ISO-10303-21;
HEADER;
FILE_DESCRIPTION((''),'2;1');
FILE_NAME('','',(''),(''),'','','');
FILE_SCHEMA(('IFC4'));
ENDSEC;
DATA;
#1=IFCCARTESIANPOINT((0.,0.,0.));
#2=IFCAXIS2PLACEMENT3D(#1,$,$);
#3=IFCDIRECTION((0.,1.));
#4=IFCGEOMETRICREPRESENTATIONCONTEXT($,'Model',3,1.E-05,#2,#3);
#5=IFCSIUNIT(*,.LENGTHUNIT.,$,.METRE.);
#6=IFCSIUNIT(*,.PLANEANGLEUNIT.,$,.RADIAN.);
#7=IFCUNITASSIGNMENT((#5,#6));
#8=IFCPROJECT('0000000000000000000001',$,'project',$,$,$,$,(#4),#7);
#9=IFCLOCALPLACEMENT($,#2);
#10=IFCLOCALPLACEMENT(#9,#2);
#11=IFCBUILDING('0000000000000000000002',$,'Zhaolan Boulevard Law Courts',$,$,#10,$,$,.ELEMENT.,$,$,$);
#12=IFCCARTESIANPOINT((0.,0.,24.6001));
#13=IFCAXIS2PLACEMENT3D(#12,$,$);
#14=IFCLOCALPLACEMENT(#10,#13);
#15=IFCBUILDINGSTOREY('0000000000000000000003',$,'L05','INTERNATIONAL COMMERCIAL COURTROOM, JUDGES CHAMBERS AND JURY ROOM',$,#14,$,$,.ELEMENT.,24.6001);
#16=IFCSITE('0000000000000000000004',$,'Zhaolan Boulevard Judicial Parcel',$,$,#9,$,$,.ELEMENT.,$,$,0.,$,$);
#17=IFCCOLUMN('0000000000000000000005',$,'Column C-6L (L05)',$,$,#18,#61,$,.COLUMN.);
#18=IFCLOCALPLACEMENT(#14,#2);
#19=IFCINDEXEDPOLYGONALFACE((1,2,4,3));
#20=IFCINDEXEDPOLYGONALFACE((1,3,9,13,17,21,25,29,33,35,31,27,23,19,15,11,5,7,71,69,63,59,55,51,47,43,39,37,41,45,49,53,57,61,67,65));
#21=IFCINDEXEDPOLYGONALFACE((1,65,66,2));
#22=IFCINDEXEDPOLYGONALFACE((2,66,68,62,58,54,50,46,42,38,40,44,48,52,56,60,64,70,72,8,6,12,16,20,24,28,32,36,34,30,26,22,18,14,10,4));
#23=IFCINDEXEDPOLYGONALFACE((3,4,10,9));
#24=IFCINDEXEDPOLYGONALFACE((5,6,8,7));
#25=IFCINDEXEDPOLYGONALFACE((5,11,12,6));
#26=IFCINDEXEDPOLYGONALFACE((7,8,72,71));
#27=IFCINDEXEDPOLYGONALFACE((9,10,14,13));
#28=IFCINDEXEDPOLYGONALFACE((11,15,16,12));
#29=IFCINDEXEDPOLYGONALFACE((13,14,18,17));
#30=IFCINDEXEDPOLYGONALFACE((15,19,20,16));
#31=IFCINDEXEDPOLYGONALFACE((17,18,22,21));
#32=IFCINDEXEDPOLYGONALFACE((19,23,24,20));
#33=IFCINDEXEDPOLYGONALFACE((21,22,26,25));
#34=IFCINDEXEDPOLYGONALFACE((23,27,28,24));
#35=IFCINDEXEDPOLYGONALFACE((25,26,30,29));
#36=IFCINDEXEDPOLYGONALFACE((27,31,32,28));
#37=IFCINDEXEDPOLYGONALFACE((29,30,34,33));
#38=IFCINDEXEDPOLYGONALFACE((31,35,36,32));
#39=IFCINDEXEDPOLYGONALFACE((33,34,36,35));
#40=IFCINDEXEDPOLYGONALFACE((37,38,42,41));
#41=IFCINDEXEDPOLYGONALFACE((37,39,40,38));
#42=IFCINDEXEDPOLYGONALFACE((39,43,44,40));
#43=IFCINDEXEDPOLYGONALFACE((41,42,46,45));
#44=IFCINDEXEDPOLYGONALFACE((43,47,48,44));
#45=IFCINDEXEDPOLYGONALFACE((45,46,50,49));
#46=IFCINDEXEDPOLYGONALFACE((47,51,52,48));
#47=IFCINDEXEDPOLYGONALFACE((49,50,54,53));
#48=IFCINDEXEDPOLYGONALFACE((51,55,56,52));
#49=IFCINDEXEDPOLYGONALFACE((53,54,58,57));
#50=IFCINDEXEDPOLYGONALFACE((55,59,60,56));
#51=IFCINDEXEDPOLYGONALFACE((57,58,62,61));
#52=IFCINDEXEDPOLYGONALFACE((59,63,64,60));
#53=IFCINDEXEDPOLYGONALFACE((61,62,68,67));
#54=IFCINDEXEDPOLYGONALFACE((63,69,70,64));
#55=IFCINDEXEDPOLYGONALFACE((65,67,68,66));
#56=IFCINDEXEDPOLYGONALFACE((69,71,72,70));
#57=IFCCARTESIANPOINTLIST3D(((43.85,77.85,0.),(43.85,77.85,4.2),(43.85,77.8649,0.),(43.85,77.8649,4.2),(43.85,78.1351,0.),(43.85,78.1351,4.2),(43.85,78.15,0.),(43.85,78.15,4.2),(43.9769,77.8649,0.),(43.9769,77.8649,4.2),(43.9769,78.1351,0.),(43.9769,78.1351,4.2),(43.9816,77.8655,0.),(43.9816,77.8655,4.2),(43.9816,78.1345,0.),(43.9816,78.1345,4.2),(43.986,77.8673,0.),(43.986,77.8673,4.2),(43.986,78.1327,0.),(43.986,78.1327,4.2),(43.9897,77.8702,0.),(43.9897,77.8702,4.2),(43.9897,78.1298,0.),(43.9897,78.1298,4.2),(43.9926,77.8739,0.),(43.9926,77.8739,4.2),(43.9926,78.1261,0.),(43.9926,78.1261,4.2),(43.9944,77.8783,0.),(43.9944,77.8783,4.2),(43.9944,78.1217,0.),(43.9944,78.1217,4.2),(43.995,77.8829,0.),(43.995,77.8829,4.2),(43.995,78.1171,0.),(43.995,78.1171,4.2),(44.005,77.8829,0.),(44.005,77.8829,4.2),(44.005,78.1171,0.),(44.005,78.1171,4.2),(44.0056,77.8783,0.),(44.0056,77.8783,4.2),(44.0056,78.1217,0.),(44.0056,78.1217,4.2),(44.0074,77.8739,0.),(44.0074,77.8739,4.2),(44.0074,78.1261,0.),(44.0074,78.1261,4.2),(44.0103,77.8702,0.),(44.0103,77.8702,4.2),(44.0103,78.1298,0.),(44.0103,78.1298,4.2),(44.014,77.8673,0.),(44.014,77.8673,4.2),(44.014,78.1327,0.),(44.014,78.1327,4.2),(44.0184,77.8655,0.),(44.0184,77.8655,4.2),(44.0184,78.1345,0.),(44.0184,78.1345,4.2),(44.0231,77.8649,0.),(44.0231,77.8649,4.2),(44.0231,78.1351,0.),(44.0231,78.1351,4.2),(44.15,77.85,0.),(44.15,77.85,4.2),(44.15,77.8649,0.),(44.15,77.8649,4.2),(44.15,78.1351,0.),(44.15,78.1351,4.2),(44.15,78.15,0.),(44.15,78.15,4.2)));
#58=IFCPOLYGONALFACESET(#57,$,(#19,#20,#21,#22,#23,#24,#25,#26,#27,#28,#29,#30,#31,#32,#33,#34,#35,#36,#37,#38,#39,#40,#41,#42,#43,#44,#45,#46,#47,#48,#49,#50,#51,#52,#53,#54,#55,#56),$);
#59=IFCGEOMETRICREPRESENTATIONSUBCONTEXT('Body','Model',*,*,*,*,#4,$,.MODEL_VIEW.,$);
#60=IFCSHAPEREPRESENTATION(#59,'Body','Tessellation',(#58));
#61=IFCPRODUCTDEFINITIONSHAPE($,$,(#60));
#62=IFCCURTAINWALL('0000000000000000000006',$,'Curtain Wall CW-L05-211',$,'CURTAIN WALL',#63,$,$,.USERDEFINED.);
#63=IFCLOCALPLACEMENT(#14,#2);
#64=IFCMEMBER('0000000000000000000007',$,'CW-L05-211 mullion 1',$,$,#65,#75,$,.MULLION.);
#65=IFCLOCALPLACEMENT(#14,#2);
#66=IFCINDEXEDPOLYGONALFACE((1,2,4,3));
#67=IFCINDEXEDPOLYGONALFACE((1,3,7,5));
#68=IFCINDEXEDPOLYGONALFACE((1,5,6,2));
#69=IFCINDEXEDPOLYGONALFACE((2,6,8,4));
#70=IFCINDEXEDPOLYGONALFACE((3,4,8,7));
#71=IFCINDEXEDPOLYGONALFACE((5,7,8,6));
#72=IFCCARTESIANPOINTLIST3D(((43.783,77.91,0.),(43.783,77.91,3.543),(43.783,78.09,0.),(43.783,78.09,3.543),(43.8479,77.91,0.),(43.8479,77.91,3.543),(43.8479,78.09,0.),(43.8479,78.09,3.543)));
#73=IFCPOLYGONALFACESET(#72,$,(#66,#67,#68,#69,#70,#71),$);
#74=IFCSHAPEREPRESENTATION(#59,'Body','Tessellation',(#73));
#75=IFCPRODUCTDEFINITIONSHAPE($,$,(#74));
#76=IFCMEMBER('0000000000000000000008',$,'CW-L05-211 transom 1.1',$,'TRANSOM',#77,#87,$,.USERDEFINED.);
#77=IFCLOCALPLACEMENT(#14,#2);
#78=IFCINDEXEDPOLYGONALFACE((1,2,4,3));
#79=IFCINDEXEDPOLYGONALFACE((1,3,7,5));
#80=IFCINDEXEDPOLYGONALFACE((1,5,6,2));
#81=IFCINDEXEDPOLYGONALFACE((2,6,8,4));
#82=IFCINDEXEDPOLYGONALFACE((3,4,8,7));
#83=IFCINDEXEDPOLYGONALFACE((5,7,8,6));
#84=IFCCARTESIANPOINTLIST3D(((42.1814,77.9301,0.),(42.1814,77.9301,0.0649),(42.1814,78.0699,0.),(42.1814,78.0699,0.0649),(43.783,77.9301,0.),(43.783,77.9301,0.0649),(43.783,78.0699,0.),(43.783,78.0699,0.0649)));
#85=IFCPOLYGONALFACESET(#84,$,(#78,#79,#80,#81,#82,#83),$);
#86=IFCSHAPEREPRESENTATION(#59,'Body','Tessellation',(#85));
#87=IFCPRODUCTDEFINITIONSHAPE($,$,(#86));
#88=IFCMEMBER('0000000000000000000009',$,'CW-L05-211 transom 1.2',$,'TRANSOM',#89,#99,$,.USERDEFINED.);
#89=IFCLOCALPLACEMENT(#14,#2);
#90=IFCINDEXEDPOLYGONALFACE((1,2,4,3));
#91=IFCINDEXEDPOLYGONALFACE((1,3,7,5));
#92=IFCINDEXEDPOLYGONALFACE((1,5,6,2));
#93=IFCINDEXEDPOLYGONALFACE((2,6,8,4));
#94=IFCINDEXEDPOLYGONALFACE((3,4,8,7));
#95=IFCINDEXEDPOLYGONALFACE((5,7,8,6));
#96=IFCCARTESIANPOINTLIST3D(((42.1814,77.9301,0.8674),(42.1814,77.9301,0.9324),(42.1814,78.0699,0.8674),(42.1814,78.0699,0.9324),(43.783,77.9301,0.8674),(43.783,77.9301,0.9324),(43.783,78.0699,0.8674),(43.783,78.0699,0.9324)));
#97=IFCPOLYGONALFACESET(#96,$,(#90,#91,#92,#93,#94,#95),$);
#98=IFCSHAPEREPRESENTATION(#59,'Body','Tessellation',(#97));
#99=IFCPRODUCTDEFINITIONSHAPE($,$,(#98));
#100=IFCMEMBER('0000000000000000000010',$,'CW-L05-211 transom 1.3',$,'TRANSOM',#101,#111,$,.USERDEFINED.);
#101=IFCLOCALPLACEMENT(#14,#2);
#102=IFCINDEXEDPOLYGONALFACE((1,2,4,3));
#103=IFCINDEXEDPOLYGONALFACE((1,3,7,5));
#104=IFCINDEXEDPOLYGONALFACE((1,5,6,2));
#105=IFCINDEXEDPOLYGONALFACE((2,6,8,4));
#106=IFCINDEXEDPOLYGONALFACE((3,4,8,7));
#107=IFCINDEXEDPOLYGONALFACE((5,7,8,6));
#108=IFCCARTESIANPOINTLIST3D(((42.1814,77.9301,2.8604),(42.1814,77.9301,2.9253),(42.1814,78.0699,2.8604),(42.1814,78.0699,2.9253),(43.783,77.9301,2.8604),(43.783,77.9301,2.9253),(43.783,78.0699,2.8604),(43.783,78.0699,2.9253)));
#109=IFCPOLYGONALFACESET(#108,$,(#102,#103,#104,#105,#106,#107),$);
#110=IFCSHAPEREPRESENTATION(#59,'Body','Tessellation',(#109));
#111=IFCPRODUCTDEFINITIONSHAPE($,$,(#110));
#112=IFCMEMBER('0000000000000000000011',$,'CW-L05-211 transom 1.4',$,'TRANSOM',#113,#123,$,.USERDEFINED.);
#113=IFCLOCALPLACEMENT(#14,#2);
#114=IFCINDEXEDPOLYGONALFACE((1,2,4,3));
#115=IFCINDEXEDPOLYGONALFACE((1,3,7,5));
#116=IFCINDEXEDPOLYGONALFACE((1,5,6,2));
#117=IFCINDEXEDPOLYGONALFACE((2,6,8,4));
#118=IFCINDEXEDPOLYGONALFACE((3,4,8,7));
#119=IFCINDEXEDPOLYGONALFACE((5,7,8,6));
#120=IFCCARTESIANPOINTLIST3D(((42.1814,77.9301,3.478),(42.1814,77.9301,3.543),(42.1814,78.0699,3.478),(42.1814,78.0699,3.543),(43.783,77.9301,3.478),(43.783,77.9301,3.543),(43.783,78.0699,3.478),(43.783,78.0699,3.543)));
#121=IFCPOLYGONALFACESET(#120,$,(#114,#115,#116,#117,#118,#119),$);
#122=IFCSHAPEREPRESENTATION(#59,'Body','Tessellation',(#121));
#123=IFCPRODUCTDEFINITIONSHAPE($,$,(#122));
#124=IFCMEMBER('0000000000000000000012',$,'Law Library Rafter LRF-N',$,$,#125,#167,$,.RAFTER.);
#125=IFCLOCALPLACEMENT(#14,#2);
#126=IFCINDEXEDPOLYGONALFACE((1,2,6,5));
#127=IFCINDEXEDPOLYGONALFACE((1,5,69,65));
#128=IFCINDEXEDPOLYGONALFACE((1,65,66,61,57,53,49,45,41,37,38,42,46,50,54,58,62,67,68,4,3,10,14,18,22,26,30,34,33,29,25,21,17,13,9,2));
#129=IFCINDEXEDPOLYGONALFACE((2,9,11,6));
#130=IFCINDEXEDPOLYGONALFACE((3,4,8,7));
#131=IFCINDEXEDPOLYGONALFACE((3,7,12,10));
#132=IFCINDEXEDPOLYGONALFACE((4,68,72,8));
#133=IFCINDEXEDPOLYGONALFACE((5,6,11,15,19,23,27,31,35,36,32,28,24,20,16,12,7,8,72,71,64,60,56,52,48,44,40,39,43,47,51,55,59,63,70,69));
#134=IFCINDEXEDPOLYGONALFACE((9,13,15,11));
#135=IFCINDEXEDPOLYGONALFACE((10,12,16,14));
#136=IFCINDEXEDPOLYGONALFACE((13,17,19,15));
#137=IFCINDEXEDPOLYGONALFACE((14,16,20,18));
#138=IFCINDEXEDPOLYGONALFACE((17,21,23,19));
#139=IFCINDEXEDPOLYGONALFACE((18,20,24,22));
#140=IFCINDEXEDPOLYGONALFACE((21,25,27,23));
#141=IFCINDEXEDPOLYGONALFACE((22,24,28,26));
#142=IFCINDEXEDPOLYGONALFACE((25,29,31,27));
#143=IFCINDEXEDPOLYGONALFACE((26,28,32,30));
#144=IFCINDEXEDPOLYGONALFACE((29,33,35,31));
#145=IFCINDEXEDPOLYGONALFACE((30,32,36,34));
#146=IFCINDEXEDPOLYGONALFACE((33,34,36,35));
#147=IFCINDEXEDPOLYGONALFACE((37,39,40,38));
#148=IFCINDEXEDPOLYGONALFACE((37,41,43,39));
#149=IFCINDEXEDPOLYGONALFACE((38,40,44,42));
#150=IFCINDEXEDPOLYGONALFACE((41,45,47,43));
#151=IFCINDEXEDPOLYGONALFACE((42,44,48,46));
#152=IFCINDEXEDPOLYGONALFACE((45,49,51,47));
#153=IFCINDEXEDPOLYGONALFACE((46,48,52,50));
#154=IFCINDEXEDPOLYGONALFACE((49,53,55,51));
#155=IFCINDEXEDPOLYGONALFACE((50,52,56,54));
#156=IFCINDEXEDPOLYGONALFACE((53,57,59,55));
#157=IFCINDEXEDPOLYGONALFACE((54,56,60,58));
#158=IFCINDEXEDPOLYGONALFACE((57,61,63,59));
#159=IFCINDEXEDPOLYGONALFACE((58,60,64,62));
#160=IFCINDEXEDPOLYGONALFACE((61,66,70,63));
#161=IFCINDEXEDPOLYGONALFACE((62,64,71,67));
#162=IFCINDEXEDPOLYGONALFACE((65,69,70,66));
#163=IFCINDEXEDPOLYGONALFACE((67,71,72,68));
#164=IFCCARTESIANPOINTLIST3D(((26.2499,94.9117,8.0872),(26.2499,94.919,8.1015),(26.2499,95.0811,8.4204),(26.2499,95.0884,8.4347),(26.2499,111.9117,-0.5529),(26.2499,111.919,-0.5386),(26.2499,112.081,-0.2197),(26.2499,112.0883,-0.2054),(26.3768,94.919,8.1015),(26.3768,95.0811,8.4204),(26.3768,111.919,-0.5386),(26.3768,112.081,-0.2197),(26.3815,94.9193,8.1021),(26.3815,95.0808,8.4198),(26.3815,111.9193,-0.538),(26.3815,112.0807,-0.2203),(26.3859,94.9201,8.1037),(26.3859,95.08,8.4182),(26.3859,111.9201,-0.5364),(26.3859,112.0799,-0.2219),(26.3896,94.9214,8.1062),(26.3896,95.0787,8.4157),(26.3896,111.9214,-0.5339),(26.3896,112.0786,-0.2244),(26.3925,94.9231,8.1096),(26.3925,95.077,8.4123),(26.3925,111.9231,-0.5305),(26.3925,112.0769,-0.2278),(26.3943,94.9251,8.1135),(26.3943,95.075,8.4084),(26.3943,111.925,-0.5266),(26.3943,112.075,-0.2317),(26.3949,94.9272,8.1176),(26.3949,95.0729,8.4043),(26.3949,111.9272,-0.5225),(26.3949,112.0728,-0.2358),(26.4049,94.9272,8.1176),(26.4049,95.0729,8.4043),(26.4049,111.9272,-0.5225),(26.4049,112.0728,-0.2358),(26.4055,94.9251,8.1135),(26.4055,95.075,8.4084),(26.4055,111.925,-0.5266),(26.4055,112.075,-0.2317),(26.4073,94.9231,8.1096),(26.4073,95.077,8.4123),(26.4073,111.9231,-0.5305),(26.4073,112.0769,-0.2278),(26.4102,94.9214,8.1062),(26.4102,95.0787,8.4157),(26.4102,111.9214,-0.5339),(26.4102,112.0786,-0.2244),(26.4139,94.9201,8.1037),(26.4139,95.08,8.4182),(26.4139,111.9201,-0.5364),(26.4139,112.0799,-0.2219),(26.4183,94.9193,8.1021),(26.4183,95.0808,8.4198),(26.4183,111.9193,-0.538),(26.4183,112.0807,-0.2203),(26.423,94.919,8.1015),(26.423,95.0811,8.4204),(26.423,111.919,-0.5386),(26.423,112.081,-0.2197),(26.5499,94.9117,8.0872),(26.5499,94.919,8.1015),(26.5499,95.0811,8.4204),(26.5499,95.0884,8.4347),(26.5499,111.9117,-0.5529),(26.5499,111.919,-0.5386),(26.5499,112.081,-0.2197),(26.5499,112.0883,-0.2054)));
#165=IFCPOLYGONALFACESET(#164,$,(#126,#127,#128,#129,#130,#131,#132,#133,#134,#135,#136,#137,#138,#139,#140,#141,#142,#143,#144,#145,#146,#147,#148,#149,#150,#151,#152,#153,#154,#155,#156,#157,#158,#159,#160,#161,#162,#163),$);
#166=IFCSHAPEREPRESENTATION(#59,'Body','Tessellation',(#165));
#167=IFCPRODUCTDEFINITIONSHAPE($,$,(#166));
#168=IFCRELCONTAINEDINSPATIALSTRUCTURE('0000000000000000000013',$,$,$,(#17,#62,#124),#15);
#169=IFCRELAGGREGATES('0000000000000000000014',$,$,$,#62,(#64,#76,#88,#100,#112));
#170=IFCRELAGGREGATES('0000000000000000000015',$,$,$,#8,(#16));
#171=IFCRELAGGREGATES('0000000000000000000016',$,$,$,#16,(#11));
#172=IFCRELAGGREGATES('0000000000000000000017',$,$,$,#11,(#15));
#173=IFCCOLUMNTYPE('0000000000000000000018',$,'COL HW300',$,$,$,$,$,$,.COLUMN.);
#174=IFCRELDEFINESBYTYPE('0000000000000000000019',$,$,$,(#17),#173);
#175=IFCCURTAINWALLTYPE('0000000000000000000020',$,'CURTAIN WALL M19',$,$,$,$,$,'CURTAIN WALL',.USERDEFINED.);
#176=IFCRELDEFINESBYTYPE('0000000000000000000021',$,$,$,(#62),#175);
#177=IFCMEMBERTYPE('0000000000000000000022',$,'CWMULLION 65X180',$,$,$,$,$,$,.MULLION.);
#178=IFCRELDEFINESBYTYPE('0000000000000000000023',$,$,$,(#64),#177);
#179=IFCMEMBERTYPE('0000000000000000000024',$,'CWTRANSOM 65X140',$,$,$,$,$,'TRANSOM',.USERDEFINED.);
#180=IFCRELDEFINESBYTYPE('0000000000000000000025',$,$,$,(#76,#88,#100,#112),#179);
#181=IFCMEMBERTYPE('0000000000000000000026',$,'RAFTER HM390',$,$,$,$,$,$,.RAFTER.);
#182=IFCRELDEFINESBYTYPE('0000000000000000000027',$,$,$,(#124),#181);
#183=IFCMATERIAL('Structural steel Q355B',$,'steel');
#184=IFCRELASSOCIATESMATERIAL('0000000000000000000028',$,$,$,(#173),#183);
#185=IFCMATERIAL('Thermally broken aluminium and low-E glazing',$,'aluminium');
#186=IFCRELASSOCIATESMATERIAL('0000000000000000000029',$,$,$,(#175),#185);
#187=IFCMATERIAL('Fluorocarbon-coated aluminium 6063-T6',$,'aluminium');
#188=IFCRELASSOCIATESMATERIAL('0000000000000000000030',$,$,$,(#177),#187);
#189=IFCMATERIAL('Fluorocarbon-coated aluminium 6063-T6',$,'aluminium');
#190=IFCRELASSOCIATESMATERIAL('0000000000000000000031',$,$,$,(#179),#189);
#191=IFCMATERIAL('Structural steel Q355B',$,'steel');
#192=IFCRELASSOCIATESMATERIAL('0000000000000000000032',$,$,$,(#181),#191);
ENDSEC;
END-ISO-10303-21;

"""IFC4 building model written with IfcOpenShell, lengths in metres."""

from ifc_helpers import new_model, si_unit, direction, frame, origin, origin_2d, place, context, subcontext, project, spatial, rectangle, i_section, extrude, material, material_profile, profile_set, type_object, element, aggregate, save


model = new_model("IFC4")

# Units and contexts
model_context = context("Model", 3, precision=1e-05, world=origin(), true_north=direction((0.0, 1.0)))
body_context = subcontext(model_context, "Body", "Model", "MODEL_VIEW")
ifc_project = project(units=[si_unit("LENGTHUNIT", "METRE"), si_unit("PLANEANGLEUNIT", "RADIAN")], contexts=[model_context])

# Site, building, storey
site_placement = place(None, origin())
site = spatial("IfcSite", under=ifc_project, at=site_placement, Name="Zhaolan Boulevard Judicial Parcel", CompositionType="ELEMENT", RefElevation=0.0)
building_placement = place(site_placement, origin())
building = spatial("IfcBuilding", under=site, at=building_placement, Name="Zhaolan Boulevard Law Courts", CompositionType="ELEMENT")
storey_placement = place(building_placement, frame((0.0, 0.0, 24.6001)))
storey = spatial("IfcBuildingStorey", under=building, at=storey_placement, Name="L05", Description="INTERNATIONAL COMMERCIAL COURTROOM, JUDGES CHAMBERS AND JURY ROOM", CompositionType="ELEMENT", Elevation=24.6001)

# Column
ifc_material_1 = material(Name="Structural steel Q355B", Category="steel")
ifc_material_profile_1 = material_profile(ifc_material_1, i_section(OverallWidth=0.3, OverallDepth=0.3, WebThickness=0.01, FlangeThickness=0.0149, FilletRadius=0.0181, at=origin_2d()), Name="HW300x300")
ifc_profile_set_1 = profile_set([ifc_material_profile_1], Name="Structural steel Q355B")
column_type = type_object("IfcColumnType", Name="COL HW300", PredefinedType="COLUMN", material=ifc_profile_set_1)
column_placement = place(storey_placement, frame((44.0, 78.0, 0.0), z_axis=(0.0, 0.0, 1.0), x_axis=(1.0, 0.0, 0.0)))
element("IfcColumn", 1, at=column_placement, inside=storey, type_object=column_type, Name="Column C-6L (L05)", PredefinedType="COLUMN", context=body_context, shape_type="SweptSolid", body=[
    extrude(i_section(OverallWidth=0.3, OverallDepth=0.3, WebThickness=0.01, FlangeThickness=0.0149, FilletRadius=0.0181, at=origin_2d()), origin(), (0.0, 0.0, 1.0), 4.2),
])

# Curtain wall, members
ifc_material_2 = material(Name="Thermally broken aluminium and low-E glazing", Category="aluminium")
curtain_wall_type = type_object("IfcCurtainWallType", Name="CURTAIN WALL M19", ElementType="CURTAIN WALL", PredefinedType="USERDEFINED", material=ifc_material_2)
curtain_wall_placement = place(storey_placement, origin())
curtain_wall = element("IfcCurtainWall", 2, at=curtain_wall_placement, inside=storey, type_object=curtain_wall_type, Name="Curtain Wall CW-L05-211", ObjectType="CURTAIN WALL", PredefinedType="USERDEFINED")
ifc_material_3 = material(Name="Fluorocarbon-coated aluminium 6063-T6", Category="aluminium")
ifc_material_profile_2 = material_profile(ifc_material_3, rectangle(XDim=0.1799, YDim=0.0649, at=origin_2d()), Name="AL65x180")
ifc_profile_set_2 = profile_set([ifc_material_profile_2], Name="Fluorocarbon-coated aluminium 6063-T6")
member_type_1 = type_object("IfcMemberType", Name="CWMULLION 65X180", PredefinedType="MULLION", material=ifc_profile_set_2)
member_1_placement = place(storey_placement, frame((43.8154, 78.0, 0.0), z_axis=(0.0, 0.0, 1.0), x_axis=(0.0, -1.0, 0.0)))
member_1 = element("IfcMember", 3, at=member_1_placement, type_object=member_type_1, Name="CW-L05-211 mullion 1", PredefinedType="MULLION", context=body_context, shape_type="SweptSolid", body=[
    extrude(rectangle(XDim=0.1799, YDim=0.0649, at=origin_2d()), origin(), (0.0, 0.0, 1.0), 3.543),
])
ifc_material_4 = material(Name="Fluorocarbon-coated aluminium 6063-T6", Category="aluminium")
ifc_material_profile_3 = material_profile(ifc_material_4, rectangle(XDim=0.1399, YDim=0.0649, at=origin_2d()), Name="AL65x140")
ifc_profile_set_3 = profile_set([ifc_material_profile_3], Name="Fluorocarbon-coated aluminium 6063-T6")
member_type_2 = type_object("IfcMemberType", Name="CWTRANSOM 65X140", ElementType="TRANSOM", PredefinedType="USERDEFINED", material=ifc_profile_set_3)
member_2_placement = place(storey_placement, frame((43.783, 78.0, 0.0325), z_axis=(-1.0, 0.0, 0.0), x_axis=(0.0, -1.0, 0.0)))
member_2 = element("IfcMember", 4, at=member_2_placement, type_object=member_type_2, Name="CW-L05-211 transom 1.1", ObjectType="TRANSOM", PredefinedType="USERDEFINED", context=body_context, shape_type="SweptSolid", body=[
    extrude(rectangle(XDim=0.1399, YDim=0.0649, at=origin_2d()), origin(), (0.0, 0.0, 1.0), 1.6016),
])
member_3_placement = place(storey_placement, frame((43.783, 78.0, 0.8999), z_axis=(-1.0, 0.0, 0.0), x_axis=(0.0, -1.0, 0.0)))
member_3 = element("IfcMember", 5, at=member_3_placement, type_object=member_type_2, Name="CW-L05-211 transom 1.2", ObjectType="TRANSOM", PredefinedType="USERDEFINED", context=body_context, shape_type="SweptSolid", body=[
    extrude(rectangle(XDim=0.1399, YDim=0.0649, at=origin_2d()), origin(), (0.0, 0.0, 1.0), 1.6016),
])
member_4_placement = place(storey_placement, frame((43.783, 78.0, 2.8928), z_axis=(-1.0, 0.0, 0.0), x_axis=(0.0, -1.0, 0.0)))
member_4 = element("IfcMember", 6, at=member_4_placement, type_object=member_type_2, Name="CW-L05-211 transom 1.3", ObjectType="TRANSOM", PredefinedType="USERDEFINED", context=body_context, shape_type="SweptSolid", body=[
    extrude(rectangle(XDim=0.1399, YDim=0.0649, at=origin_2d()), origin(), (0.0, 0.0, 1.0), 1.6016),
])
member_5_placement = place(storey_placement, frame((43.783, 78.0, 3.5105), z_axis=(-1.0, 0.0, 0.0), x_axis=(0.0, -1.0, 0.0)))
member_5 = element("IfcMember", 7, at=member_5_placement, type_object=member_type_2, Name="CW-L05-211 transom 1.4", ObjectType="TRANSOM", PredefinedType="USERDEFINED", context=body_context, shape_type="SweptSolid", body=[
    extrude(rectangle(XDim=0.1399, YDim=0.0649, at=origin_2d()), origin(), (0.0, 0.0, 1.0), 1.6016),
])

# Member
ifc_material_5 = material(Name="Structural steel Q355B", Category="steel")
ifc_material_profile_4 = material_profile(ifc_material_5, i_section(OverallWidth=0.3, OverallDepth=0.3899, WebThickness=0.01, FlangeThickness=0.0161, FilletRadius=0.0181, at=origin_2d()), Name="HM390x300")
ifc_profile_set_4 = profile_set([ifc_material_profile_4], Name="Structural steel Q355B")
member_type_3 = type_object("IfcMemberType", Name="RAFTER HM390", PredefinedType="RAFTER", material=ifc_profile_set_4)
for number, where, z_axis, x_axis, name in (
    (8, (26.3999, 112.0, -0.3792), (0.0, -0.891468, 0.453083), (1.0, 0.0, 0.0), "Law Library Rafter LRF-N"),
):
    element("IfcMember", number, at=place(storey_placement, frame(where, z_axis=z_axis, x_axis=x_axis)), inside=storey, type_object=member_type_3, Name=name, PredefinedType="RAFTER", context=body_context, shape_type="SweptSolid", body=[
        extrude(i_section(OverallWidth=0.3, OverallDepth=0.3899, WebThickness=0.01, FlangeThickness=0.0161, FilletRadius=0.0181, at=origin_2d()), origin(), (0.0, 0.0, 1.0), 19.0696),
    ])

aggregate(curtain_wall, [member_1, member_2, member_3, member_4, member_5])

save(model, "model.ifc")
